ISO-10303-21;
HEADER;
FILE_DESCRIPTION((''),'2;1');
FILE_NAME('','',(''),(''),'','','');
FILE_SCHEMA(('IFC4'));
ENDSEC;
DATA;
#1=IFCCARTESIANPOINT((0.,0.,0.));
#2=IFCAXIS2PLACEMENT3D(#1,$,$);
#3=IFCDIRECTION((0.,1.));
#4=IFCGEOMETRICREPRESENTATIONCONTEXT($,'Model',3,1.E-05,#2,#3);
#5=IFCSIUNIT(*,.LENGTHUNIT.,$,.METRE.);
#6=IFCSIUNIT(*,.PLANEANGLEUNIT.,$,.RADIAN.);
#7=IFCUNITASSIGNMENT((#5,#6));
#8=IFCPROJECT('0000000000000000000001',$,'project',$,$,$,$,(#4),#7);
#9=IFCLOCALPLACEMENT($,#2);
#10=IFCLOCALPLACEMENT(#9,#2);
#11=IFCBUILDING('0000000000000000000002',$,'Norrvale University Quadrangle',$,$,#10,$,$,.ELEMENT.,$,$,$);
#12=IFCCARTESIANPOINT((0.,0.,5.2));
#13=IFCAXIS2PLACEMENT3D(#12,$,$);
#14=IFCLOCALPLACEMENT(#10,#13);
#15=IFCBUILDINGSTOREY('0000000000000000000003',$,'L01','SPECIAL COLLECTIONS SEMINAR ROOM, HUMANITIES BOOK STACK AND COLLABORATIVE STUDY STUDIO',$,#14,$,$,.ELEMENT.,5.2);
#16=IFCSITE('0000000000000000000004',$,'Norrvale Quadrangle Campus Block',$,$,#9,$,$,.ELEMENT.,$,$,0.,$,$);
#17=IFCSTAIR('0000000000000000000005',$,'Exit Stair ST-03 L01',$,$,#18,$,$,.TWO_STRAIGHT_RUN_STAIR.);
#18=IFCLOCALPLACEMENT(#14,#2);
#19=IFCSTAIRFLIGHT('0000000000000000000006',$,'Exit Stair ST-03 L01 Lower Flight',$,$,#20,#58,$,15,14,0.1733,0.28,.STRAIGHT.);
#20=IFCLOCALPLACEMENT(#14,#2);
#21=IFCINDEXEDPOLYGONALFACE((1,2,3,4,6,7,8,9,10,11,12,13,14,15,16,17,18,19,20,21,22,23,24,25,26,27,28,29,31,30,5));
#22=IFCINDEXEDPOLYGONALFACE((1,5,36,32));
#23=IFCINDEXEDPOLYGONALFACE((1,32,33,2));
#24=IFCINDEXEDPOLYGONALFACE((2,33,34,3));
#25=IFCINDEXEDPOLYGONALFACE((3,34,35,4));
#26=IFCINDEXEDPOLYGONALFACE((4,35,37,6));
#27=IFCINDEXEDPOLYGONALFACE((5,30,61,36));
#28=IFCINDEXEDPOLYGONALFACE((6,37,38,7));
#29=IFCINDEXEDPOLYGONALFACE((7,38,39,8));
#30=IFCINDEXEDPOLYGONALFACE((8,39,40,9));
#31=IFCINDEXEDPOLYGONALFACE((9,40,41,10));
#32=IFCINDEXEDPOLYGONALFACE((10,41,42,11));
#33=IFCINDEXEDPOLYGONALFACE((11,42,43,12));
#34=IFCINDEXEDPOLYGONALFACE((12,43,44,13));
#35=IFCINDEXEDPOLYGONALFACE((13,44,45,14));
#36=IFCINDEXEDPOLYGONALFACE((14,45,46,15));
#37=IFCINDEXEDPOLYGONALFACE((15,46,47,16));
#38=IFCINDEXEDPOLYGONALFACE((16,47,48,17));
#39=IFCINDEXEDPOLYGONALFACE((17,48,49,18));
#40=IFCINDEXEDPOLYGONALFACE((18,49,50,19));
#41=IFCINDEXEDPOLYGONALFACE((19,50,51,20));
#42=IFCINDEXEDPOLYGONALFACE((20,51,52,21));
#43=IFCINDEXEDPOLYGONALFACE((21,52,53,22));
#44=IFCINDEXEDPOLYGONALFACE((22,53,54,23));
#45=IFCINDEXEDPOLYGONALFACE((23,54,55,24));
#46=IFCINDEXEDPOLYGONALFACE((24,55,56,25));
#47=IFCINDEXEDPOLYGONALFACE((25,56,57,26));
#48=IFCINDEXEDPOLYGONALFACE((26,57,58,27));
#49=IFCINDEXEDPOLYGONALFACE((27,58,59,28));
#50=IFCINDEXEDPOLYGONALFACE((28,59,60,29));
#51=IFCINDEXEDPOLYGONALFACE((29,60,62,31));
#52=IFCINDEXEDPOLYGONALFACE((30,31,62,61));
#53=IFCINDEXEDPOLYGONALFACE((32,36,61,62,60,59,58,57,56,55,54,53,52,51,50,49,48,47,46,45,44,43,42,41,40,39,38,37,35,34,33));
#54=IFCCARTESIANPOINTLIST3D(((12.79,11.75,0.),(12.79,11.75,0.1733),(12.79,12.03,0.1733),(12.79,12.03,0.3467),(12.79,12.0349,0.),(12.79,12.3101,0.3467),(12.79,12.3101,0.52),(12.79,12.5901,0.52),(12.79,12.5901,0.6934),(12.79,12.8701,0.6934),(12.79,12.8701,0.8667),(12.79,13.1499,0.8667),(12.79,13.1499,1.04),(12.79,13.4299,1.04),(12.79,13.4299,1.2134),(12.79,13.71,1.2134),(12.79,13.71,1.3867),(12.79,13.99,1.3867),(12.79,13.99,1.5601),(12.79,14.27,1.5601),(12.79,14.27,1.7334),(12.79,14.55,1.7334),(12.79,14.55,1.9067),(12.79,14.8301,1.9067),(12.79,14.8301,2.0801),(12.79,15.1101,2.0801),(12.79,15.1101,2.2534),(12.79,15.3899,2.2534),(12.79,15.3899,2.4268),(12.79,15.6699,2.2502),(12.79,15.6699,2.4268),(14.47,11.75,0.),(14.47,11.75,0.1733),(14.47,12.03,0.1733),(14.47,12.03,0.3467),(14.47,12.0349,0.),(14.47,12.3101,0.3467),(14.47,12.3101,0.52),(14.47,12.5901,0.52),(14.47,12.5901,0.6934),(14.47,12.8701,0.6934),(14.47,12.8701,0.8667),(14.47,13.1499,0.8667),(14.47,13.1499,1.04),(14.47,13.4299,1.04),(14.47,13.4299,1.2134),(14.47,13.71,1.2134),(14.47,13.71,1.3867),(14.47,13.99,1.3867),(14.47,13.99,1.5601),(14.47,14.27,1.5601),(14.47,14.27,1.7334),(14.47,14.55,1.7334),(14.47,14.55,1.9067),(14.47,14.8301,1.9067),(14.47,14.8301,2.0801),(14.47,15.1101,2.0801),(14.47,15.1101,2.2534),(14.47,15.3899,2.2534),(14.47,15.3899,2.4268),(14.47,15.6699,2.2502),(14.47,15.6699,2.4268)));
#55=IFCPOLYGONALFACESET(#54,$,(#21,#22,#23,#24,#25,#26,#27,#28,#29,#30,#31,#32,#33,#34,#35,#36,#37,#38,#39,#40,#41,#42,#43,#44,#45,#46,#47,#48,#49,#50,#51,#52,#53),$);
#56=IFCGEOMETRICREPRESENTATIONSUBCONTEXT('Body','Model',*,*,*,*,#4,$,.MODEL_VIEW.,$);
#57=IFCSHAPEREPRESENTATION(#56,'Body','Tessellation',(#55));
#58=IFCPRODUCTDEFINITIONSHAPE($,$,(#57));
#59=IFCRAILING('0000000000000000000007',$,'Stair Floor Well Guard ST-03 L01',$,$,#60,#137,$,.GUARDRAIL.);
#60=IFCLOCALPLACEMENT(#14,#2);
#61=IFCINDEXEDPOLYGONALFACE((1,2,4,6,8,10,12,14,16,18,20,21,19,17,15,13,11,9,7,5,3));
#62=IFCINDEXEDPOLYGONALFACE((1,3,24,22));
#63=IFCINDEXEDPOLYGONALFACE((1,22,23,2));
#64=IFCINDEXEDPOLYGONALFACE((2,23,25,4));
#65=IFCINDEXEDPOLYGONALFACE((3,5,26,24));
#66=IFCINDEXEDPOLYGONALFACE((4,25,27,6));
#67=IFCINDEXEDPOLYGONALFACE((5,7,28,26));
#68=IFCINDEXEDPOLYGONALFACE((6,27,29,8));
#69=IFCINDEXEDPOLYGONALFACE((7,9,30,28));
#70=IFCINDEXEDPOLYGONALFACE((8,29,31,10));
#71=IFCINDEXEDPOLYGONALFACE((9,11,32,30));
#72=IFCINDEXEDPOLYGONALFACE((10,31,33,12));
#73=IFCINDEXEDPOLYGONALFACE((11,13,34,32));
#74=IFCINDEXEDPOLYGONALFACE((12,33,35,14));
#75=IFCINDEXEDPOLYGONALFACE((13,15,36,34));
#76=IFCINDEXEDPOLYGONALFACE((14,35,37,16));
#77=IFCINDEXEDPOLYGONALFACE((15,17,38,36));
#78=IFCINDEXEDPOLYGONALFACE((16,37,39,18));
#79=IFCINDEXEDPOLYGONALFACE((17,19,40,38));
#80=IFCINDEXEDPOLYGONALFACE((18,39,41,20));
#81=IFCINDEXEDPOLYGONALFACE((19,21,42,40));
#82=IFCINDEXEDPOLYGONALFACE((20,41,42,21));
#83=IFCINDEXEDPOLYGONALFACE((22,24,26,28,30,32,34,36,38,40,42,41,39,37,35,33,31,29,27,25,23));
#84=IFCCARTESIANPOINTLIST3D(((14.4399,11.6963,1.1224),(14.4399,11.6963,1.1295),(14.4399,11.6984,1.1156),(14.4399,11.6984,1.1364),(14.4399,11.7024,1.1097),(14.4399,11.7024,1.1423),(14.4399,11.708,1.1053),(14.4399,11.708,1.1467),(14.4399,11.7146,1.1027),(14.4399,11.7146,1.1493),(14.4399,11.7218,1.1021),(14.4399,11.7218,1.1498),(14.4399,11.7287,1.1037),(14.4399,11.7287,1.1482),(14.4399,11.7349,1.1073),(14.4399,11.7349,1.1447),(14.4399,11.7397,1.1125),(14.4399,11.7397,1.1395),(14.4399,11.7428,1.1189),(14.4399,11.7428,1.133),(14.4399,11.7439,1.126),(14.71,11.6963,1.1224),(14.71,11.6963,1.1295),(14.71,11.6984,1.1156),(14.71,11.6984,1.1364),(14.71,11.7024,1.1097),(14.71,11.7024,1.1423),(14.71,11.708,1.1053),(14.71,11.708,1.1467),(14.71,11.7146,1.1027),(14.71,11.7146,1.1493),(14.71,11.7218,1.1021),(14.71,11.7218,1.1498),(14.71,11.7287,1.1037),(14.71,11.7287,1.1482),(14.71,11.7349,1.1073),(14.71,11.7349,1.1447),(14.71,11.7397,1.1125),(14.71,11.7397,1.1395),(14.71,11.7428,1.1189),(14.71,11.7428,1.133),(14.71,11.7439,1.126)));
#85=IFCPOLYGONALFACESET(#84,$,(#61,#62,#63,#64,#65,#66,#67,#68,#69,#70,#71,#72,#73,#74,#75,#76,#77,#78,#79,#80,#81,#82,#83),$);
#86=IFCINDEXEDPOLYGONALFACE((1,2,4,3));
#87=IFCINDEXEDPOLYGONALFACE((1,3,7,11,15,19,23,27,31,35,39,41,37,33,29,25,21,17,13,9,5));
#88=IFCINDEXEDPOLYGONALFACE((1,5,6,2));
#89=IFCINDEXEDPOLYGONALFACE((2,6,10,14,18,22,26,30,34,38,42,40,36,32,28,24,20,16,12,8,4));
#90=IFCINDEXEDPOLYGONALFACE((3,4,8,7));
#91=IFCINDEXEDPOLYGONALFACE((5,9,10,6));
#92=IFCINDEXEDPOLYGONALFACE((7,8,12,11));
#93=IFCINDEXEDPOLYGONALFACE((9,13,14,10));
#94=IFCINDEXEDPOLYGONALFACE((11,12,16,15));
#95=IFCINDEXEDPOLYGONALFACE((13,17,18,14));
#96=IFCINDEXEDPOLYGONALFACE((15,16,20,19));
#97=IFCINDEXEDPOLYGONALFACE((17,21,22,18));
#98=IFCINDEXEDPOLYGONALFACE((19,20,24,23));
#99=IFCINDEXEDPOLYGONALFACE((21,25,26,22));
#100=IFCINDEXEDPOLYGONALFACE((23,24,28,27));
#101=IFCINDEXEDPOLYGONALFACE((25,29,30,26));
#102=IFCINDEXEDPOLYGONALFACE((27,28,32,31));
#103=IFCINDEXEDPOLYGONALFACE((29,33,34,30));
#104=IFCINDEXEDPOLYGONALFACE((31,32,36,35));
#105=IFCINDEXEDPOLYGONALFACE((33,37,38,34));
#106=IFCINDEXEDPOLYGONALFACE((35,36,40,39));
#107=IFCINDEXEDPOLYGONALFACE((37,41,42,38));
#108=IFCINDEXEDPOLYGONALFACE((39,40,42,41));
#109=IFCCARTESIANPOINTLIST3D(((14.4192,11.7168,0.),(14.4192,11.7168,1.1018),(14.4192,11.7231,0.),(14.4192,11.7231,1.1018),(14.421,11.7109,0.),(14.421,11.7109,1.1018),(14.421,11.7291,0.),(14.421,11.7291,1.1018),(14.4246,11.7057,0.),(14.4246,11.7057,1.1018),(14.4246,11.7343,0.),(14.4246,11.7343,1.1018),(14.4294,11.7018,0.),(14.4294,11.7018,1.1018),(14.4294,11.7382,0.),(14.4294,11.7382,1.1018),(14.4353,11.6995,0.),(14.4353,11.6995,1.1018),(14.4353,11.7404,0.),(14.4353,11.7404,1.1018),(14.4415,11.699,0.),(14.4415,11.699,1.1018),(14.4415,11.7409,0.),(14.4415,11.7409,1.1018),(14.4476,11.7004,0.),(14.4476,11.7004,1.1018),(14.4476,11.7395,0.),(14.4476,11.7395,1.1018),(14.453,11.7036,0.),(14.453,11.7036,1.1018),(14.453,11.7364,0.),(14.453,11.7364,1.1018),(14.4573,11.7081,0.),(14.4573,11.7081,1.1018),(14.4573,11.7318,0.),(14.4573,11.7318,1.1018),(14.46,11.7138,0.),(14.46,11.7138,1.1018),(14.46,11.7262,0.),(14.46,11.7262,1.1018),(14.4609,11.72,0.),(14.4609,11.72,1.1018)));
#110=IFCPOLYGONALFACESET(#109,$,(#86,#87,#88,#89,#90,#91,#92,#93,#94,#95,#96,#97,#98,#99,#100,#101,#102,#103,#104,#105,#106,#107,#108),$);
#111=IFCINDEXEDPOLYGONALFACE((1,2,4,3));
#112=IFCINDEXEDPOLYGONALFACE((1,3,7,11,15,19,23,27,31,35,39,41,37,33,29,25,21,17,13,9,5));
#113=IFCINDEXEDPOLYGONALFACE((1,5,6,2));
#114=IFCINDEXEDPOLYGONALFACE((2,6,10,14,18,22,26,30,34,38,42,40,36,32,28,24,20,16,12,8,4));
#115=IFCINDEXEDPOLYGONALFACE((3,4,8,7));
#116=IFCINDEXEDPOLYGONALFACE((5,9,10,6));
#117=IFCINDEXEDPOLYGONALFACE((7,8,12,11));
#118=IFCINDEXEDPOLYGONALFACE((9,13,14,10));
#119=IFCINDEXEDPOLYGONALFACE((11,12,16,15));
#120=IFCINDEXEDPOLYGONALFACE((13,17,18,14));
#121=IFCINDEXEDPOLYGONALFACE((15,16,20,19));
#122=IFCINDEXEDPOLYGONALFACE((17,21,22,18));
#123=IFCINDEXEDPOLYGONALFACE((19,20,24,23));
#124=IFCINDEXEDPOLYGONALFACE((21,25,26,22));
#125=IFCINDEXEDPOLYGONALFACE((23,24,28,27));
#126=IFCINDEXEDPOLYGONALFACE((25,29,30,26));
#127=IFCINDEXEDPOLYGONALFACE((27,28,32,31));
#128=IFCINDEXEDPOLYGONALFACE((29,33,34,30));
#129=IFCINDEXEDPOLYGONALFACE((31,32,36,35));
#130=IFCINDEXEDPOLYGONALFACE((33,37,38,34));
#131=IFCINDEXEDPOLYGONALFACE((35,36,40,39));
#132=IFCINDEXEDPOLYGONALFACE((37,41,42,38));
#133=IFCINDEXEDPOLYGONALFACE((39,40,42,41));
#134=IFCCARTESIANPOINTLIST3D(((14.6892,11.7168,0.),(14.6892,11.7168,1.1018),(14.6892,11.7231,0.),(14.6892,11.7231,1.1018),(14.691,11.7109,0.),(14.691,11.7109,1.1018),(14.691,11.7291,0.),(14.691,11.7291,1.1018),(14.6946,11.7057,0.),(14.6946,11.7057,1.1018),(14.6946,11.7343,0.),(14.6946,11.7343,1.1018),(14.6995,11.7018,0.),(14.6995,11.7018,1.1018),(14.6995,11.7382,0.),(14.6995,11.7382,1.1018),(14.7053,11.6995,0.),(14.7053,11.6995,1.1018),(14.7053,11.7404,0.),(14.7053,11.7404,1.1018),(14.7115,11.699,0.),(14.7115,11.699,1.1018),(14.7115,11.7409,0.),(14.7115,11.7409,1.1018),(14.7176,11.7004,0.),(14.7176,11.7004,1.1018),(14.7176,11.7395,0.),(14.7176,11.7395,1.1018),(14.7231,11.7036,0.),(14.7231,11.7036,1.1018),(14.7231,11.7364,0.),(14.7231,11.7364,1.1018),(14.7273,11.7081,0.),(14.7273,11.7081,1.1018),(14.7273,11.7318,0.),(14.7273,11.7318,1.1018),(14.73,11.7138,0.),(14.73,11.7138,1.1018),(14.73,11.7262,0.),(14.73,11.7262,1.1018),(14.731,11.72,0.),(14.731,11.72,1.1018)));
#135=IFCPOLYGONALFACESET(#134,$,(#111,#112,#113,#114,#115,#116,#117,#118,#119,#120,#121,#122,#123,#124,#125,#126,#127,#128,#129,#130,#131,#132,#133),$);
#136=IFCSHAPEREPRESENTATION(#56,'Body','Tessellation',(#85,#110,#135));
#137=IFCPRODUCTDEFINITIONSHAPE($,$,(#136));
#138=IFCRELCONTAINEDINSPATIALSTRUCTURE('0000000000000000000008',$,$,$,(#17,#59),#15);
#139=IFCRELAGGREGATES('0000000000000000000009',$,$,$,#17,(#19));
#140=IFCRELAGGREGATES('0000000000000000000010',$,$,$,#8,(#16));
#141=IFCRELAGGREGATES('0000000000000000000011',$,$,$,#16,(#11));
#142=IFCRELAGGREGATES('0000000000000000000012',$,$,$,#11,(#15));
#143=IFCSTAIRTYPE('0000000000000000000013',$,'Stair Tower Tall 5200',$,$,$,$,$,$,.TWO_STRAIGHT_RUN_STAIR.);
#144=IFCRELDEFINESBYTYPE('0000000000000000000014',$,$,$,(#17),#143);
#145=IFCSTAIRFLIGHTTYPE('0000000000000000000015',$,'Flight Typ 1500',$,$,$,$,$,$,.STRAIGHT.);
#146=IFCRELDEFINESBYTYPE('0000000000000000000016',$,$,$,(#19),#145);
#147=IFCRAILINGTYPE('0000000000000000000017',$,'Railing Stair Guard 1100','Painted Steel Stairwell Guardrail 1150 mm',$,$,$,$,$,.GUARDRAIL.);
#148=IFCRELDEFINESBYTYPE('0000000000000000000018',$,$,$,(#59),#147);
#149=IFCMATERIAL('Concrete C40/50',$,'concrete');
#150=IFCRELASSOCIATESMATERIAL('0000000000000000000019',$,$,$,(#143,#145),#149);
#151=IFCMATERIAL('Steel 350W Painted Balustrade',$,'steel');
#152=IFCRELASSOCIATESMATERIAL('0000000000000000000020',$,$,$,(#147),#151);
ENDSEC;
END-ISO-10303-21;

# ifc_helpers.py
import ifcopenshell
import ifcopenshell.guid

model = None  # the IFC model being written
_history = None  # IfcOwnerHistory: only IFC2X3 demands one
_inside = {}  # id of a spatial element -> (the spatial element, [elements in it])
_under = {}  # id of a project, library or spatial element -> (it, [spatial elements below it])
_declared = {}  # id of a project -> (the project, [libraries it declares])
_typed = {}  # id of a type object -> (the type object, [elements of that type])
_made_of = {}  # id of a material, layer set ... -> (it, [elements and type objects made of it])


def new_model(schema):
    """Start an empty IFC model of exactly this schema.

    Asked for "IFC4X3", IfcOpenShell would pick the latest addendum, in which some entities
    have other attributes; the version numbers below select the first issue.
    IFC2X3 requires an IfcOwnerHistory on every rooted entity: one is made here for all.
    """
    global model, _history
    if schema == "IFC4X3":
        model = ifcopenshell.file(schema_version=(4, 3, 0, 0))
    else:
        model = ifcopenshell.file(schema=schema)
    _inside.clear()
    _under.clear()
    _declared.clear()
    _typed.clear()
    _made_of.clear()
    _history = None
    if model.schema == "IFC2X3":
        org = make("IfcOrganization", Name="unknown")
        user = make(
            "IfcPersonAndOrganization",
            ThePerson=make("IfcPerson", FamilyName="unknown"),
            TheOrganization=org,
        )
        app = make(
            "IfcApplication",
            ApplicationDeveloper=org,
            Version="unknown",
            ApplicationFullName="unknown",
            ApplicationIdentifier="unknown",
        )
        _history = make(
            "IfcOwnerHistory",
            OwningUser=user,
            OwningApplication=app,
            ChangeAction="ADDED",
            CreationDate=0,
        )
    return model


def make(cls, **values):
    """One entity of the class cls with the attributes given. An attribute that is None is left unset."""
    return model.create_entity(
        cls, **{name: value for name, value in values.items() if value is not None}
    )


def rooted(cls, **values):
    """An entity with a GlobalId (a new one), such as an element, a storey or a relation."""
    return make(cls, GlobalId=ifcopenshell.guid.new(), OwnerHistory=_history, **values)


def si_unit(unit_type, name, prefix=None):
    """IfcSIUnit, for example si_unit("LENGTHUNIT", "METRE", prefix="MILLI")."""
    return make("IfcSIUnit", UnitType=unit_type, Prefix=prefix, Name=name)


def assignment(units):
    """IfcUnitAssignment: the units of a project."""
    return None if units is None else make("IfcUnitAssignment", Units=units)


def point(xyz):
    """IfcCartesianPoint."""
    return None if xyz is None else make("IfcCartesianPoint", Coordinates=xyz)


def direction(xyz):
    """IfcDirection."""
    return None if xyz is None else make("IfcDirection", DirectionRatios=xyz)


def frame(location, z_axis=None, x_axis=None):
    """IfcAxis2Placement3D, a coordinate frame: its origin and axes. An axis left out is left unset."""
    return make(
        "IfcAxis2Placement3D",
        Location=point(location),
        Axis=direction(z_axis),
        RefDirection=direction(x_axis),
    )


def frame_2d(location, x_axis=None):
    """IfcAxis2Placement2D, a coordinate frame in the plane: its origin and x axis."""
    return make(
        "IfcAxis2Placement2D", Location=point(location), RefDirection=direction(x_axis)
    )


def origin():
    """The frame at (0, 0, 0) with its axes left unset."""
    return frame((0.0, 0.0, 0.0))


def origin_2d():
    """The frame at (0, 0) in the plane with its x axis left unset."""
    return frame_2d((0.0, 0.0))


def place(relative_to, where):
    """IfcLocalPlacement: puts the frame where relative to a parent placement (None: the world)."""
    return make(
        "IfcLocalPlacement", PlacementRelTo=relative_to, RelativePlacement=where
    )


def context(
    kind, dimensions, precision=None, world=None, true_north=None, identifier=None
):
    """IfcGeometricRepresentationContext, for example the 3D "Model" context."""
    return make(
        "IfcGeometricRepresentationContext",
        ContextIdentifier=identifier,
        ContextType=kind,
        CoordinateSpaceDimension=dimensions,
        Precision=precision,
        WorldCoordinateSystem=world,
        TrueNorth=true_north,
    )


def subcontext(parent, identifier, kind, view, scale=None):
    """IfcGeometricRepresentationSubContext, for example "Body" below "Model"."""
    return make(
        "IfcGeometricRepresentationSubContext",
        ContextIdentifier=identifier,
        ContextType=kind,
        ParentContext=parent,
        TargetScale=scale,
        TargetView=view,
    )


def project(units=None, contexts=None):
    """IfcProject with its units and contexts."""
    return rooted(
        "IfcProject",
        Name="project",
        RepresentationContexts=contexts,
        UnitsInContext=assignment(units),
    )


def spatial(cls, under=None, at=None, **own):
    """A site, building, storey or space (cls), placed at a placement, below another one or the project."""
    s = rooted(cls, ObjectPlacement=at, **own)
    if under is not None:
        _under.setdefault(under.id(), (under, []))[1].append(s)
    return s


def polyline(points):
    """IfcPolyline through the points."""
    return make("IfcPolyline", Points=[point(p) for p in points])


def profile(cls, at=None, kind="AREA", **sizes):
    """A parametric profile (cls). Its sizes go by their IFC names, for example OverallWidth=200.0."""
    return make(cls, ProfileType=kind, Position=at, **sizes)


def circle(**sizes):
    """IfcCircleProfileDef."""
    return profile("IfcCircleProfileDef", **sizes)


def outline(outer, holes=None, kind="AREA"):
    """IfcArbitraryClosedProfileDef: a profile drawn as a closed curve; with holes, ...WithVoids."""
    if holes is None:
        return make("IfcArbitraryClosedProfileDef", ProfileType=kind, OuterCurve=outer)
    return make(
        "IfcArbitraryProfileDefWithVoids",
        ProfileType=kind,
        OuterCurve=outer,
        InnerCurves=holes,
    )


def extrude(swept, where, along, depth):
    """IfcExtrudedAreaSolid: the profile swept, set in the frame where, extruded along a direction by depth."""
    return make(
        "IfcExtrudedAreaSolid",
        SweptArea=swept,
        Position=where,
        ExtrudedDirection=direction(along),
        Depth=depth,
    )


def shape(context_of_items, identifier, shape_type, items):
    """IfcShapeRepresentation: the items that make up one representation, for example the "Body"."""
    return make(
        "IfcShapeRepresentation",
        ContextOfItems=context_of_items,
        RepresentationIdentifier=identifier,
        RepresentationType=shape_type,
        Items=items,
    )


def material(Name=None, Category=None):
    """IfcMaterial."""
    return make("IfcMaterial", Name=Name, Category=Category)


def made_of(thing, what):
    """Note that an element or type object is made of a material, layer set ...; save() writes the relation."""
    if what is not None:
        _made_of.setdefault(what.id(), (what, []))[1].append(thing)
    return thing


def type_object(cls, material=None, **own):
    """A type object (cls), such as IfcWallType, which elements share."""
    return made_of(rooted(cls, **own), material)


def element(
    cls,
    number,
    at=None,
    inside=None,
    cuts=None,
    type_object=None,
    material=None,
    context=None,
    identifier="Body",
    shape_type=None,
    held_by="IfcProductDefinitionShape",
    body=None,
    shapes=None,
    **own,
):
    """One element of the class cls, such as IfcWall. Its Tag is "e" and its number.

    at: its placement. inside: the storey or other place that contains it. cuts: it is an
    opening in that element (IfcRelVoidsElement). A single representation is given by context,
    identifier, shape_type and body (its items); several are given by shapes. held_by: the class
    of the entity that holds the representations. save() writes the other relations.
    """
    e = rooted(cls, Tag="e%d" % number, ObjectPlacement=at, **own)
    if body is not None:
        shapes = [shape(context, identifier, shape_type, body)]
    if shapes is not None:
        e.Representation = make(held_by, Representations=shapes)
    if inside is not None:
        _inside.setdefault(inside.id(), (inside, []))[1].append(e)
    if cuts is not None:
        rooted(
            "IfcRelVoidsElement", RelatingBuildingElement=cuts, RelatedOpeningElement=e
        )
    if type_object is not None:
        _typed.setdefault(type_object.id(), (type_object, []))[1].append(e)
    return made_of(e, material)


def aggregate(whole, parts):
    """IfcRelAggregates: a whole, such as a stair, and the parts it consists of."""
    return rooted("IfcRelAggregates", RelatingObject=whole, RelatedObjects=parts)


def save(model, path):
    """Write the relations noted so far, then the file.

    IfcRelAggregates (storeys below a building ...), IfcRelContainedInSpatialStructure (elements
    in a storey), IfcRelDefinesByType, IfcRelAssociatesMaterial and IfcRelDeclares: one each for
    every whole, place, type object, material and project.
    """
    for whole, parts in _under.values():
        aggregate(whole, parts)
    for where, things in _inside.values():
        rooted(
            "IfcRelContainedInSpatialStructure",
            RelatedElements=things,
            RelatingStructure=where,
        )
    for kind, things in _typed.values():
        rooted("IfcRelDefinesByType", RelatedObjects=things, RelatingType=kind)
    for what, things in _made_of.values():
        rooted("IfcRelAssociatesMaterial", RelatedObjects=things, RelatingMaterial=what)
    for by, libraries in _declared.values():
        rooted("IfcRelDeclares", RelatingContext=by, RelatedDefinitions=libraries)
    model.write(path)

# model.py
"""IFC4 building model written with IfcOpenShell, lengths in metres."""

from ifc_helpers import new_model, si_unit, direction, frame, origin, origin_2d, place, context, subcontext, project, spatial, polyline, circle, outline, extrude, material, type_object, element, aggregate, save


model = new_model("IFC4")

# Units and contexts
model_context = context("Model", 3, precision=1e-05, world=origin(), true_north=direction((0.0, 1.0)))
body_context = subcontext(model_context, "Body", "Model", "MODEL_VIEW")
ifc_project = project(units=[si_unit("LENGTHUNIT", "METRE"), si_unit("PLANEANGLEUNIT", "RADIAN")], contexts=[model_context])

# Site, building, storey
site_placement = place(None, origin())
site = spatial("IfcSite", under=ifc_project, at=site_placement, Name="Norrvale Quadrangle Campus Block", CompositionType="ELEMENT", RefElevation=0.0)
building_placement = place(site_placement, origin())
building = spatial("IfcBuilding", under=site, at=building_placement, Name="Norrvale University Quadrangle", CompositionType="ELEMENT")
storey_placement = place(building_placement, frame((0.0, 0.0, 5.2)))
storey = spatial("IfcBuildingStorey", under=building, at=storey_placement, Name="L01", Description="SPECIAL COLLECTIONS SEMINAR ROOM, HUMANITIES BOOK STACK AND COLLABORATIVE STUDY STUDIO", CompositionType="ELEMENT", Elevation=5.2)

# Stair, stair flight
ifc_material_1 = material(Name="Concrete C40/50", Category="concrete")
stair_type = type_object("IfcStairType", Name="Stair Tower Tall 5200", PredefinedType="TWO_STRAIGHT_RUN_STAIR", material=ifc_material_1)
stair_placement = place(storey_placement, origin())
stair = element("IfcStair", 1, at=stair_placement, inside=storey, type_object=stair_type, Name="Exit Stair ST-03 L01", PredefinedType="TWO_STRAIGHT_RUN_STAIR")
stair_flight_type = type_object("IfcStairFlightType", Name="Flight Typ 1500", PredefinedType="STRAIGHT", material=ifc_material_1)
stair_flight_placement = place(storey_placement, frame((13.6299, 11.75, 0.0), z_axis=(0.0, 0.0, 1.0), x_axis=(0.0, 1.0, 0.0)))
stair_flight = element("IfcStairFlight", 2, at=stair_flight_placement, type_object=stair_flight_type, Name="Exit Stair ST-03 L01 Lower Flight", NumberOfRisers=15, NumberOfTreads=14, PredefinedType="STRAIGHT", RiserHeight=0.1733, TreadLength=0.28, context=body_context, shape_type="SweptSolid", body=[
    extrude(outline(polyline([(0.0, 0.0), (0.0, 0.1733), (0.28, 0.1733), (0.28, 0.3467), (0.5601, 0.3467), (0.5601, 0.52), (0.8401, 0.52), (0.8401, 0.6934), (1.1201, 0.6934), (1.1201, 0.8667), (1.3999, 0.8667), (1.3999, 1.04), (1.6799, 1.04), (1.6799, 1.2134), (1.96, 1.2134), (1.96, 1.3867), (2.24, 1.3867), (2.24, 1.5601), (2.52, 1.5601), (2.52, 1.7334), (2.8, 1.7334), (2.8, 1.9067), (3.0801, 1.9067), (3.0801, 2.0801), (3.3601, 2.0801), (3.3601, 2.2534), (3.6399, 2.2534), (3.6399, 2.4268), (3.9199, 2.4268), (3.9199, 2.6001), (3.9199, 2.2502), (0.2849, 0.0), (0.0, 0.0)])), frame((0.0, 0.8398, 0.0), z_axis=(0.0, -1.0, 0.0), x_axis=(1.0, 0.0, 0.0)), (0.0, 0.0, 1.0), 1.6799),
])
aggregate(stair, [stair_flight])

# Railing
ifc_material_2 = material(Name="Steel 350W Painted Balustrade", Category="steel")
railing_type = type_object("IfcRailingType", Name="Railing Stair Guard 1100", Description="Painted Steel Stairwell Guardrail 1150 mm", PredefinedType="GUARDRAIL", material=ifc_material_2)
railing_1_placement = place(storey_placement, frame((14.4399, 11.72, 0.0)))
element("IfcRailing", 3, at=railing_1_placement, inside=storey, type_object=railing_type, Name="Stair Floor Well Guard ST-03 L01", PredefinedType="GUARDRAIL", context=body_context, shape_type="SweptSolid", body=[
    extrude(circle(Radius=0.0239, at=origin_2d()), frame((0.0, 0.0, 1.126), z_axis=(1.0, 0.0, 0.0), x_axis=(0.0, 1.0, 0.0)), (0.0, 0.0, 1.0), 0.27),
    extrude(circle(Radius=0.021, at=origin_2d()), origin(), (0.0, 0.0, 1.0), 1.1018),
    extrude(circle(Radius=0.021, at=origin_2d()), frame((0.27, 0.0, 0.0)), (0.0, 0.0, 1.0), 1.1018),
])

save(model, "model.ifc")
